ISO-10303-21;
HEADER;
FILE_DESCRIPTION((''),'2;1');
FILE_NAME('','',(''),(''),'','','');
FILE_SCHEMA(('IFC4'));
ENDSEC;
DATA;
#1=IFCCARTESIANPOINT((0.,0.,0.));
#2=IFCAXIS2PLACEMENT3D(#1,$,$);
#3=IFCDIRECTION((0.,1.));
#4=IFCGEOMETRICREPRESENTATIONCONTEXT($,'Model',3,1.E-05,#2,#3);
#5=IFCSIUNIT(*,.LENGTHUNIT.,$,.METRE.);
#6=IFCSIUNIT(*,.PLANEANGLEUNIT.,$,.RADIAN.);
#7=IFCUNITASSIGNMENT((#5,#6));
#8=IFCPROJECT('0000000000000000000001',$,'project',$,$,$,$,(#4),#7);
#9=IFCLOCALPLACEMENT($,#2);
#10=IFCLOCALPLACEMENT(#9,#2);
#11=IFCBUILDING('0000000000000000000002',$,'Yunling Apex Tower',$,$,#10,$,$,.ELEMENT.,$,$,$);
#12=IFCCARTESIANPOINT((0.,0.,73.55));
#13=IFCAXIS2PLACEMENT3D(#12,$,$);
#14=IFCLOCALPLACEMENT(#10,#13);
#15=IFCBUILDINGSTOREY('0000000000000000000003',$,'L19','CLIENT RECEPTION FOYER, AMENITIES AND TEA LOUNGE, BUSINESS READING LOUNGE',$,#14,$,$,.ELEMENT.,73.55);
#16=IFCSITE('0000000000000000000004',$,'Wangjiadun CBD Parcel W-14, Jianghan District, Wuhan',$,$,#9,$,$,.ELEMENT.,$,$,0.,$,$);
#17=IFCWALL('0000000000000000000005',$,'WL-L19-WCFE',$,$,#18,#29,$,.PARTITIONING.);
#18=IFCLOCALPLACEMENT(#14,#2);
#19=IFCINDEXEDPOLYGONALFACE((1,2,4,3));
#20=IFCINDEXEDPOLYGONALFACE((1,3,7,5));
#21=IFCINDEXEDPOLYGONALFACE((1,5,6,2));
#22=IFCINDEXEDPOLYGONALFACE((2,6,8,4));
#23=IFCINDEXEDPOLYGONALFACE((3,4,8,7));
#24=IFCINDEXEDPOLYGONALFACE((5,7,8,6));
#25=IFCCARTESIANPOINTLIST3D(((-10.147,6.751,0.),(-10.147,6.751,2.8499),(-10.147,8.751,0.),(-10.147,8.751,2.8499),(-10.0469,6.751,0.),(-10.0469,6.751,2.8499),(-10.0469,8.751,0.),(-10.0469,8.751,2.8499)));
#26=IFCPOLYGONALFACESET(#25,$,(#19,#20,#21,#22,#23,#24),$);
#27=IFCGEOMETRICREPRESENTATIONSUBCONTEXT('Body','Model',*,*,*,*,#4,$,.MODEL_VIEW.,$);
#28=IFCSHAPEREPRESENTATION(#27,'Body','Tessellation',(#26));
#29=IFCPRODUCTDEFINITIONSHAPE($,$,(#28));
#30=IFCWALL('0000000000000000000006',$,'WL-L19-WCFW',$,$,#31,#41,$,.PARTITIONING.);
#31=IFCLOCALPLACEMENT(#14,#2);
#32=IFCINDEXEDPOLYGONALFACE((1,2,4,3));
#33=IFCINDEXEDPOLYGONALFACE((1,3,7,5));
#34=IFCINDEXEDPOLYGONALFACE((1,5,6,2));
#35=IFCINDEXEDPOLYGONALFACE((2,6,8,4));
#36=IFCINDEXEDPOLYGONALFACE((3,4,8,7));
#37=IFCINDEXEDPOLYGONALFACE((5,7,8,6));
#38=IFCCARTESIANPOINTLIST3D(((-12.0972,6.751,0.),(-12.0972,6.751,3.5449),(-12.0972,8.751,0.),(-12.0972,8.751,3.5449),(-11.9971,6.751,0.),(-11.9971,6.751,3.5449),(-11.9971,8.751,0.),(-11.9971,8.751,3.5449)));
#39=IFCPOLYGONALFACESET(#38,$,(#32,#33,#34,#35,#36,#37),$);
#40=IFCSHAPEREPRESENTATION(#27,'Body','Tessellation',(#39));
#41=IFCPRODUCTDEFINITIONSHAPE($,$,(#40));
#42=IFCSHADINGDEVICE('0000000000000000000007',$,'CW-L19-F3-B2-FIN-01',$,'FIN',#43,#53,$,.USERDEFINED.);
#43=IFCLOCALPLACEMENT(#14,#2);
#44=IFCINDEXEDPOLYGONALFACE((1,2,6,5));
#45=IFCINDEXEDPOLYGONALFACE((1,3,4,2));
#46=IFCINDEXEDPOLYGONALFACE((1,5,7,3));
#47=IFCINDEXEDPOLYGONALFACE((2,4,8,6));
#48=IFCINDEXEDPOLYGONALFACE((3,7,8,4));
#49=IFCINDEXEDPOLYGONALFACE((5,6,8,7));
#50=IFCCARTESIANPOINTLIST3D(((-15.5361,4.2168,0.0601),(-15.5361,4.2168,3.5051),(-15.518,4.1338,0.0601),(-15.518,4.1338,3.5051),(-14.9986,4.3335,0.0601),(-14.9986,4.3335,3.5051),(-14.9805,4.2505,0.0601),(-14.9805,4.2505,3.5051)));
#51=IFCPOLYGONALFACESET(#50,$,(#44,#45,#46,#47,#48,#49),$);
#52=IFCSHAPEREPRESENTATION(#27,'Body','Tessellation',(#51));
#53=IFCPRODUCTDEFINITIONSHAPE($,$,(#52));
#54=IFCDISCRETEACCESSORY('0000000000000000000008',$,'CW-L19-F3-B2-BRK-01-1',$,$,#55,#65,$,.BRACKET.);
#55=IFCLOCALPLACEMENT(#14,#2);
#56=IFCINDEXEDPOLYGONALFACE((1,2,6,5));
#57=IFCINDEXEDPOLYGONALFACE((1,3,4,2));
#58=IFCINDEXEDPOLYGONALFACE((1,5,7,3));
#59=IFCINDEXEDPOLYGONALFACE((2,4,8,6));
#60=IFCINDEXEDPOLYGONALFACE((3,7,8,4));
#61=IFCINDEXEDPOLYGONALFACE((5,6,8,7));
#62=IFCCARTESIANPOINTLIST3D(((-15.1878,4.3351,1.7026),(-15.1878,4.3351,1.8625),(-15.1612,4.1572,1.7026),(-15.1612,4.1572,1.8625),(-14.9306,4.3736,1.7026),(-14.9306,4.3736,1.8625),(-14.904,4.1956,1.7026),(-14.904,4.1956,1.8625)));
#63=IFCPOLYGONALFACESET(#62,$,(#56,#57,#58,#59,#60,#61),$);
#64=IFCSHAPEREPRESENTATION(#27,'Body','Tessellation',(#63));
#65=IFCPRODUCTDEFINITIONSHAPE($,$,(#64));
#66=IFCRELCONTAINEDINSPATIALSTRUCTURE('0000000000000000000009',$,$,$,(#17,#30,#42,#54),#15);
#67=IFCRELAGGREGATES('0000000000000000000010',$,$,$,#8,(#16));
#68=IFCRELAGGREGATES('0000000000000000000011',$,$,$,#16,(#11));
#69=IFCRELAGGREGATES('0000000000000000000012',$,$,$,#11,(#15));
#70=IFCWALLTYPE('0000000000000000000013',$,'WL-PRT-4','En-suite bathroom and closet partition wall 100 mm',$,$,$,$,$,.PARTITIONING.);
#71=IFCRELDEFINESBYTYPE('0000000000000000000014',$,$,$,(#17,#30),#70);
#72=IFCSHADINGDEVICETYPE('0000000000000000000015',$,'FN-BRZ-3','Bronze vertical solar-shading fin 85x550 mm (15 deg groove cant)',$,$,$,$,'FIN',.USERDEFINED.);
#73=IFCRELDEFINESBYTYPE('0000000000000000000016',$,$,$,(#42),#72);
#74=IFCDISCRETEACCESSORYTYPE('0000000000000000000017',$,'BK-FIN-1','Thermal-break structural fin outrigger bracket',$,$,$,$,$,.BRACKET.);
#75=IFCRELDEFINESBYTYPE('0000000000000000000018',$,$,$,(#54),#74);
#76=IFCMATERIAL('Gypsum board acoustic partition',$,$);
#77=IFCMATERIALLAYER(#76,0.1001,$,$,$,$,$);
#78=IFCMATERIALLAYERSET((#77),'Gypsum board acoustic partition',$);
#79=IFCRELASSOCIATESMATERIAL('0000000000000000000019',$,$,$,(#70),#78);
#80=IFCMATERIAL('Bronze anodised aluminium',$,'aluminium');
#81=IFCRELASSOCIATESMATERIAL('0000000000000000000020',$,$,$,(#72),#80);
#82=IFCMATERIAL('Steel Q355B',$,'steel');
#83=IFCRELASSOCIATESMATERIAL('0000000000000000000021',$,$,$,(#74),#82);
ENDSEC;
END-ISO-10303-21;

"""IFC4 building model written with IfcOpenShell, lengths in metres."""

from ifc_helpers import new_model, si_unit, direction, frame, frame_2d, origin, origin_2d, place, context, subcontext, project, spatial, rectangle, extrude, source, transform, mapped, material, layer, layer_set, material_profile, profile_set, type_object, element, save


model = new_model("IFC4")

# Units and contexts
model_context = context("Model", 3, precision=1e-05, world=origin(), true_north=direction((0.0, 1.0)))
body_context = subcontext(model_context, "Body", "Model", "MODEL_VIEW")
ifc_project = project(units=[si_unit("LENGTHUNIT", "METRE"), si_unit("PLANEANGLEUNIT", "RADIAN")], contexts=[model_context])

# Site, building, storey
site_placement = place(None, origin())
site = spatial("IfcSite", under=ifc_project, at=site_placement, Name="Wangjiadun CBD Parcel W-14, Jianghan District, Wuhan", CompositionType="ELEMENT", RefElevation=0.0)
building_placement = place(site_placement, origin())
building = spatial("IfcBuilding", under=site, at=building_placement, Name="Yunling Apex Tower", CompositionType="ELEMENT")
storey_placement = place(building_placement, frame((0.0, 0.0, 73.55)))
storey = spatial("IfcBuildingStorey", under=building, at=storey_placement, Name="L19", Description="CLIENT RECEPTION FOYER, AMENITIES AND TEA LOUNGE, BUSINESS READING LOUNGE", CompositionType="ELEMENT", Elevation=73.55)

# Shared definitions
ifc_material_1 = material(Name="Steel Q355B", Category="steel")

# Shared definitions
ifc_material_2 = material(Name="Bronze anodised aluminium", Category="aluminium")

# Shared definitions
ifc_material_3 = material(Name="Gypsum board acoustic partition")
ifc_layer_1 = layer(ifc_material_3, 0.1001)
ifc_layer_set_1 = layer_set([ifc_layer_1], Name="Gypsum board acoustic partition")
wall_type = type_object("IfcWallType", Name="WL-PRT-4", Description="En-suite bathroom and closet partition wall 100 mm", PredefinedType="PARTITIONING", material=ifc_layer_set_1)

# Walls
wall_1_placement = place(storey_placement, frame((-10.0969, 8.751, 0.0), z_axis=(0.0, 0.0, 1.0), x_axis=(0.0, -1.0, 0.0)))
element("IfcWall", 1, at=wall_1_placement, inside=storey, type_object=wall_type, Name="WL-L19-WCFE", PredefinedType="PARTITIONING", context=body_context, shape_type="SweptSolid", body=[
    extrude(rectangle(XDim=2.0, YDim=0.1001, at=frame_2d((1.0, 0.0))), origin(), (0.0, 0.0, 1.0), 2.8499),
])
wall_2_placement = place(storey_placement, frame((-12.0471, 6.751, 0.0), z_axis=(0.0, 0.0, 1.0), x_axis=(0.0, 1.0, 0.0)))
element("IfcWall", 2, at=wall_2_placement, inside=storey, type_object=wall_type, Name="WL-L19-WCFW", PredefinedType="PARTITIONING", context=body_context, shape_type="SweptSolid", body=[
    extrude(rectangle(XDim=2.0, YDim=0.1001, at=frame_2d((1.0, 0.0))), origin(), (0.0, 0.0, 1.0), 3.5449),
])

# Shading device
ifc_material_profile_1 = material_profile(ifc_material_2, rectangle(XDim=0.085, YDim=0.55, at=origin_2d()))
ifc_profile_set_1 = profile_set([ifc_material_profile_1], Name="Bronze anodised aluminium")
shading_device_type = type_object("IfcShadingDeviceType", Name="FN-BRZ-3", Description="Bronze vertical solar-shading fin 85x550 mm (15 deg groove cant)", ElementType="FIN", PredefinedType="USERDEFINED", material=ifc_profile_set_1)
shared_shape_1 = source(origin(), body_context, "Body", "SweptSolid", [
    extrude(rectangle(XDim=0.085, YDim=0.55, at=origin_2d()), origin(), (0.0, 0.0, 1.0), 3.4451),
])
shading_device_placement = place(storey_placement, frame((-15.2583, 4.2336, 0.0601), z_axis=(0.0, 0.0, 1.0), x_axis=(0.212178, -0.977231, 0.0)))
element("IfcShadingDevice", 3, at=shading_device_placement, inside=storey, type_object=shading_device_type, Name="CW-L19-F3-B2-FIN-01", ObjectType="FIN", PredefinedType="USERDEFINED", context=body_context, shape_type="MappedRepresentation", body=[
    mapped(shared_shape_1, transform((0.0, 0.0, 0.0), scale=1.0)),
])

# Discrete accessory
discrete_accessory_type = type_object("IfcDiscreteAccessoryType", Name="BK-FIN-1", Description="Thermal-break structural fin outrigger bracket", PredefinedType="BRACKET", material=ifc_material_1)
shared_shape_2 = source(origin(), body_context, "Body", "SweptSolid", [
    extrude(rectangle(XDim=0.1799, YDim=0.26, at=origin_2d()), origin(), (0.0, 0.0, 1.0), 0.1599),
])
discrete_accessory_placement = place(storey_placement, frame((-15.0459, 4.2654, 1.7026), z_axis=(0.0, 0.0, 1.0), x_axis=(0.147809, -0.989016, 0.0)))
element("IfcDiscreteAccessory", 4, at=discrete_accessory_placement, inside=storey, type_object=discrete_accessory_type, Name="CW-L19-F3-B2-BRK-01-1", PredefinedType="BRACKET", context=body_context, shape_type="MappedRepresentation", body=[
    mapped(shared_shape_2, transform((0.0, 0.0, 0.0), scale=1.0)),
])

save(model, "model.ifc")
